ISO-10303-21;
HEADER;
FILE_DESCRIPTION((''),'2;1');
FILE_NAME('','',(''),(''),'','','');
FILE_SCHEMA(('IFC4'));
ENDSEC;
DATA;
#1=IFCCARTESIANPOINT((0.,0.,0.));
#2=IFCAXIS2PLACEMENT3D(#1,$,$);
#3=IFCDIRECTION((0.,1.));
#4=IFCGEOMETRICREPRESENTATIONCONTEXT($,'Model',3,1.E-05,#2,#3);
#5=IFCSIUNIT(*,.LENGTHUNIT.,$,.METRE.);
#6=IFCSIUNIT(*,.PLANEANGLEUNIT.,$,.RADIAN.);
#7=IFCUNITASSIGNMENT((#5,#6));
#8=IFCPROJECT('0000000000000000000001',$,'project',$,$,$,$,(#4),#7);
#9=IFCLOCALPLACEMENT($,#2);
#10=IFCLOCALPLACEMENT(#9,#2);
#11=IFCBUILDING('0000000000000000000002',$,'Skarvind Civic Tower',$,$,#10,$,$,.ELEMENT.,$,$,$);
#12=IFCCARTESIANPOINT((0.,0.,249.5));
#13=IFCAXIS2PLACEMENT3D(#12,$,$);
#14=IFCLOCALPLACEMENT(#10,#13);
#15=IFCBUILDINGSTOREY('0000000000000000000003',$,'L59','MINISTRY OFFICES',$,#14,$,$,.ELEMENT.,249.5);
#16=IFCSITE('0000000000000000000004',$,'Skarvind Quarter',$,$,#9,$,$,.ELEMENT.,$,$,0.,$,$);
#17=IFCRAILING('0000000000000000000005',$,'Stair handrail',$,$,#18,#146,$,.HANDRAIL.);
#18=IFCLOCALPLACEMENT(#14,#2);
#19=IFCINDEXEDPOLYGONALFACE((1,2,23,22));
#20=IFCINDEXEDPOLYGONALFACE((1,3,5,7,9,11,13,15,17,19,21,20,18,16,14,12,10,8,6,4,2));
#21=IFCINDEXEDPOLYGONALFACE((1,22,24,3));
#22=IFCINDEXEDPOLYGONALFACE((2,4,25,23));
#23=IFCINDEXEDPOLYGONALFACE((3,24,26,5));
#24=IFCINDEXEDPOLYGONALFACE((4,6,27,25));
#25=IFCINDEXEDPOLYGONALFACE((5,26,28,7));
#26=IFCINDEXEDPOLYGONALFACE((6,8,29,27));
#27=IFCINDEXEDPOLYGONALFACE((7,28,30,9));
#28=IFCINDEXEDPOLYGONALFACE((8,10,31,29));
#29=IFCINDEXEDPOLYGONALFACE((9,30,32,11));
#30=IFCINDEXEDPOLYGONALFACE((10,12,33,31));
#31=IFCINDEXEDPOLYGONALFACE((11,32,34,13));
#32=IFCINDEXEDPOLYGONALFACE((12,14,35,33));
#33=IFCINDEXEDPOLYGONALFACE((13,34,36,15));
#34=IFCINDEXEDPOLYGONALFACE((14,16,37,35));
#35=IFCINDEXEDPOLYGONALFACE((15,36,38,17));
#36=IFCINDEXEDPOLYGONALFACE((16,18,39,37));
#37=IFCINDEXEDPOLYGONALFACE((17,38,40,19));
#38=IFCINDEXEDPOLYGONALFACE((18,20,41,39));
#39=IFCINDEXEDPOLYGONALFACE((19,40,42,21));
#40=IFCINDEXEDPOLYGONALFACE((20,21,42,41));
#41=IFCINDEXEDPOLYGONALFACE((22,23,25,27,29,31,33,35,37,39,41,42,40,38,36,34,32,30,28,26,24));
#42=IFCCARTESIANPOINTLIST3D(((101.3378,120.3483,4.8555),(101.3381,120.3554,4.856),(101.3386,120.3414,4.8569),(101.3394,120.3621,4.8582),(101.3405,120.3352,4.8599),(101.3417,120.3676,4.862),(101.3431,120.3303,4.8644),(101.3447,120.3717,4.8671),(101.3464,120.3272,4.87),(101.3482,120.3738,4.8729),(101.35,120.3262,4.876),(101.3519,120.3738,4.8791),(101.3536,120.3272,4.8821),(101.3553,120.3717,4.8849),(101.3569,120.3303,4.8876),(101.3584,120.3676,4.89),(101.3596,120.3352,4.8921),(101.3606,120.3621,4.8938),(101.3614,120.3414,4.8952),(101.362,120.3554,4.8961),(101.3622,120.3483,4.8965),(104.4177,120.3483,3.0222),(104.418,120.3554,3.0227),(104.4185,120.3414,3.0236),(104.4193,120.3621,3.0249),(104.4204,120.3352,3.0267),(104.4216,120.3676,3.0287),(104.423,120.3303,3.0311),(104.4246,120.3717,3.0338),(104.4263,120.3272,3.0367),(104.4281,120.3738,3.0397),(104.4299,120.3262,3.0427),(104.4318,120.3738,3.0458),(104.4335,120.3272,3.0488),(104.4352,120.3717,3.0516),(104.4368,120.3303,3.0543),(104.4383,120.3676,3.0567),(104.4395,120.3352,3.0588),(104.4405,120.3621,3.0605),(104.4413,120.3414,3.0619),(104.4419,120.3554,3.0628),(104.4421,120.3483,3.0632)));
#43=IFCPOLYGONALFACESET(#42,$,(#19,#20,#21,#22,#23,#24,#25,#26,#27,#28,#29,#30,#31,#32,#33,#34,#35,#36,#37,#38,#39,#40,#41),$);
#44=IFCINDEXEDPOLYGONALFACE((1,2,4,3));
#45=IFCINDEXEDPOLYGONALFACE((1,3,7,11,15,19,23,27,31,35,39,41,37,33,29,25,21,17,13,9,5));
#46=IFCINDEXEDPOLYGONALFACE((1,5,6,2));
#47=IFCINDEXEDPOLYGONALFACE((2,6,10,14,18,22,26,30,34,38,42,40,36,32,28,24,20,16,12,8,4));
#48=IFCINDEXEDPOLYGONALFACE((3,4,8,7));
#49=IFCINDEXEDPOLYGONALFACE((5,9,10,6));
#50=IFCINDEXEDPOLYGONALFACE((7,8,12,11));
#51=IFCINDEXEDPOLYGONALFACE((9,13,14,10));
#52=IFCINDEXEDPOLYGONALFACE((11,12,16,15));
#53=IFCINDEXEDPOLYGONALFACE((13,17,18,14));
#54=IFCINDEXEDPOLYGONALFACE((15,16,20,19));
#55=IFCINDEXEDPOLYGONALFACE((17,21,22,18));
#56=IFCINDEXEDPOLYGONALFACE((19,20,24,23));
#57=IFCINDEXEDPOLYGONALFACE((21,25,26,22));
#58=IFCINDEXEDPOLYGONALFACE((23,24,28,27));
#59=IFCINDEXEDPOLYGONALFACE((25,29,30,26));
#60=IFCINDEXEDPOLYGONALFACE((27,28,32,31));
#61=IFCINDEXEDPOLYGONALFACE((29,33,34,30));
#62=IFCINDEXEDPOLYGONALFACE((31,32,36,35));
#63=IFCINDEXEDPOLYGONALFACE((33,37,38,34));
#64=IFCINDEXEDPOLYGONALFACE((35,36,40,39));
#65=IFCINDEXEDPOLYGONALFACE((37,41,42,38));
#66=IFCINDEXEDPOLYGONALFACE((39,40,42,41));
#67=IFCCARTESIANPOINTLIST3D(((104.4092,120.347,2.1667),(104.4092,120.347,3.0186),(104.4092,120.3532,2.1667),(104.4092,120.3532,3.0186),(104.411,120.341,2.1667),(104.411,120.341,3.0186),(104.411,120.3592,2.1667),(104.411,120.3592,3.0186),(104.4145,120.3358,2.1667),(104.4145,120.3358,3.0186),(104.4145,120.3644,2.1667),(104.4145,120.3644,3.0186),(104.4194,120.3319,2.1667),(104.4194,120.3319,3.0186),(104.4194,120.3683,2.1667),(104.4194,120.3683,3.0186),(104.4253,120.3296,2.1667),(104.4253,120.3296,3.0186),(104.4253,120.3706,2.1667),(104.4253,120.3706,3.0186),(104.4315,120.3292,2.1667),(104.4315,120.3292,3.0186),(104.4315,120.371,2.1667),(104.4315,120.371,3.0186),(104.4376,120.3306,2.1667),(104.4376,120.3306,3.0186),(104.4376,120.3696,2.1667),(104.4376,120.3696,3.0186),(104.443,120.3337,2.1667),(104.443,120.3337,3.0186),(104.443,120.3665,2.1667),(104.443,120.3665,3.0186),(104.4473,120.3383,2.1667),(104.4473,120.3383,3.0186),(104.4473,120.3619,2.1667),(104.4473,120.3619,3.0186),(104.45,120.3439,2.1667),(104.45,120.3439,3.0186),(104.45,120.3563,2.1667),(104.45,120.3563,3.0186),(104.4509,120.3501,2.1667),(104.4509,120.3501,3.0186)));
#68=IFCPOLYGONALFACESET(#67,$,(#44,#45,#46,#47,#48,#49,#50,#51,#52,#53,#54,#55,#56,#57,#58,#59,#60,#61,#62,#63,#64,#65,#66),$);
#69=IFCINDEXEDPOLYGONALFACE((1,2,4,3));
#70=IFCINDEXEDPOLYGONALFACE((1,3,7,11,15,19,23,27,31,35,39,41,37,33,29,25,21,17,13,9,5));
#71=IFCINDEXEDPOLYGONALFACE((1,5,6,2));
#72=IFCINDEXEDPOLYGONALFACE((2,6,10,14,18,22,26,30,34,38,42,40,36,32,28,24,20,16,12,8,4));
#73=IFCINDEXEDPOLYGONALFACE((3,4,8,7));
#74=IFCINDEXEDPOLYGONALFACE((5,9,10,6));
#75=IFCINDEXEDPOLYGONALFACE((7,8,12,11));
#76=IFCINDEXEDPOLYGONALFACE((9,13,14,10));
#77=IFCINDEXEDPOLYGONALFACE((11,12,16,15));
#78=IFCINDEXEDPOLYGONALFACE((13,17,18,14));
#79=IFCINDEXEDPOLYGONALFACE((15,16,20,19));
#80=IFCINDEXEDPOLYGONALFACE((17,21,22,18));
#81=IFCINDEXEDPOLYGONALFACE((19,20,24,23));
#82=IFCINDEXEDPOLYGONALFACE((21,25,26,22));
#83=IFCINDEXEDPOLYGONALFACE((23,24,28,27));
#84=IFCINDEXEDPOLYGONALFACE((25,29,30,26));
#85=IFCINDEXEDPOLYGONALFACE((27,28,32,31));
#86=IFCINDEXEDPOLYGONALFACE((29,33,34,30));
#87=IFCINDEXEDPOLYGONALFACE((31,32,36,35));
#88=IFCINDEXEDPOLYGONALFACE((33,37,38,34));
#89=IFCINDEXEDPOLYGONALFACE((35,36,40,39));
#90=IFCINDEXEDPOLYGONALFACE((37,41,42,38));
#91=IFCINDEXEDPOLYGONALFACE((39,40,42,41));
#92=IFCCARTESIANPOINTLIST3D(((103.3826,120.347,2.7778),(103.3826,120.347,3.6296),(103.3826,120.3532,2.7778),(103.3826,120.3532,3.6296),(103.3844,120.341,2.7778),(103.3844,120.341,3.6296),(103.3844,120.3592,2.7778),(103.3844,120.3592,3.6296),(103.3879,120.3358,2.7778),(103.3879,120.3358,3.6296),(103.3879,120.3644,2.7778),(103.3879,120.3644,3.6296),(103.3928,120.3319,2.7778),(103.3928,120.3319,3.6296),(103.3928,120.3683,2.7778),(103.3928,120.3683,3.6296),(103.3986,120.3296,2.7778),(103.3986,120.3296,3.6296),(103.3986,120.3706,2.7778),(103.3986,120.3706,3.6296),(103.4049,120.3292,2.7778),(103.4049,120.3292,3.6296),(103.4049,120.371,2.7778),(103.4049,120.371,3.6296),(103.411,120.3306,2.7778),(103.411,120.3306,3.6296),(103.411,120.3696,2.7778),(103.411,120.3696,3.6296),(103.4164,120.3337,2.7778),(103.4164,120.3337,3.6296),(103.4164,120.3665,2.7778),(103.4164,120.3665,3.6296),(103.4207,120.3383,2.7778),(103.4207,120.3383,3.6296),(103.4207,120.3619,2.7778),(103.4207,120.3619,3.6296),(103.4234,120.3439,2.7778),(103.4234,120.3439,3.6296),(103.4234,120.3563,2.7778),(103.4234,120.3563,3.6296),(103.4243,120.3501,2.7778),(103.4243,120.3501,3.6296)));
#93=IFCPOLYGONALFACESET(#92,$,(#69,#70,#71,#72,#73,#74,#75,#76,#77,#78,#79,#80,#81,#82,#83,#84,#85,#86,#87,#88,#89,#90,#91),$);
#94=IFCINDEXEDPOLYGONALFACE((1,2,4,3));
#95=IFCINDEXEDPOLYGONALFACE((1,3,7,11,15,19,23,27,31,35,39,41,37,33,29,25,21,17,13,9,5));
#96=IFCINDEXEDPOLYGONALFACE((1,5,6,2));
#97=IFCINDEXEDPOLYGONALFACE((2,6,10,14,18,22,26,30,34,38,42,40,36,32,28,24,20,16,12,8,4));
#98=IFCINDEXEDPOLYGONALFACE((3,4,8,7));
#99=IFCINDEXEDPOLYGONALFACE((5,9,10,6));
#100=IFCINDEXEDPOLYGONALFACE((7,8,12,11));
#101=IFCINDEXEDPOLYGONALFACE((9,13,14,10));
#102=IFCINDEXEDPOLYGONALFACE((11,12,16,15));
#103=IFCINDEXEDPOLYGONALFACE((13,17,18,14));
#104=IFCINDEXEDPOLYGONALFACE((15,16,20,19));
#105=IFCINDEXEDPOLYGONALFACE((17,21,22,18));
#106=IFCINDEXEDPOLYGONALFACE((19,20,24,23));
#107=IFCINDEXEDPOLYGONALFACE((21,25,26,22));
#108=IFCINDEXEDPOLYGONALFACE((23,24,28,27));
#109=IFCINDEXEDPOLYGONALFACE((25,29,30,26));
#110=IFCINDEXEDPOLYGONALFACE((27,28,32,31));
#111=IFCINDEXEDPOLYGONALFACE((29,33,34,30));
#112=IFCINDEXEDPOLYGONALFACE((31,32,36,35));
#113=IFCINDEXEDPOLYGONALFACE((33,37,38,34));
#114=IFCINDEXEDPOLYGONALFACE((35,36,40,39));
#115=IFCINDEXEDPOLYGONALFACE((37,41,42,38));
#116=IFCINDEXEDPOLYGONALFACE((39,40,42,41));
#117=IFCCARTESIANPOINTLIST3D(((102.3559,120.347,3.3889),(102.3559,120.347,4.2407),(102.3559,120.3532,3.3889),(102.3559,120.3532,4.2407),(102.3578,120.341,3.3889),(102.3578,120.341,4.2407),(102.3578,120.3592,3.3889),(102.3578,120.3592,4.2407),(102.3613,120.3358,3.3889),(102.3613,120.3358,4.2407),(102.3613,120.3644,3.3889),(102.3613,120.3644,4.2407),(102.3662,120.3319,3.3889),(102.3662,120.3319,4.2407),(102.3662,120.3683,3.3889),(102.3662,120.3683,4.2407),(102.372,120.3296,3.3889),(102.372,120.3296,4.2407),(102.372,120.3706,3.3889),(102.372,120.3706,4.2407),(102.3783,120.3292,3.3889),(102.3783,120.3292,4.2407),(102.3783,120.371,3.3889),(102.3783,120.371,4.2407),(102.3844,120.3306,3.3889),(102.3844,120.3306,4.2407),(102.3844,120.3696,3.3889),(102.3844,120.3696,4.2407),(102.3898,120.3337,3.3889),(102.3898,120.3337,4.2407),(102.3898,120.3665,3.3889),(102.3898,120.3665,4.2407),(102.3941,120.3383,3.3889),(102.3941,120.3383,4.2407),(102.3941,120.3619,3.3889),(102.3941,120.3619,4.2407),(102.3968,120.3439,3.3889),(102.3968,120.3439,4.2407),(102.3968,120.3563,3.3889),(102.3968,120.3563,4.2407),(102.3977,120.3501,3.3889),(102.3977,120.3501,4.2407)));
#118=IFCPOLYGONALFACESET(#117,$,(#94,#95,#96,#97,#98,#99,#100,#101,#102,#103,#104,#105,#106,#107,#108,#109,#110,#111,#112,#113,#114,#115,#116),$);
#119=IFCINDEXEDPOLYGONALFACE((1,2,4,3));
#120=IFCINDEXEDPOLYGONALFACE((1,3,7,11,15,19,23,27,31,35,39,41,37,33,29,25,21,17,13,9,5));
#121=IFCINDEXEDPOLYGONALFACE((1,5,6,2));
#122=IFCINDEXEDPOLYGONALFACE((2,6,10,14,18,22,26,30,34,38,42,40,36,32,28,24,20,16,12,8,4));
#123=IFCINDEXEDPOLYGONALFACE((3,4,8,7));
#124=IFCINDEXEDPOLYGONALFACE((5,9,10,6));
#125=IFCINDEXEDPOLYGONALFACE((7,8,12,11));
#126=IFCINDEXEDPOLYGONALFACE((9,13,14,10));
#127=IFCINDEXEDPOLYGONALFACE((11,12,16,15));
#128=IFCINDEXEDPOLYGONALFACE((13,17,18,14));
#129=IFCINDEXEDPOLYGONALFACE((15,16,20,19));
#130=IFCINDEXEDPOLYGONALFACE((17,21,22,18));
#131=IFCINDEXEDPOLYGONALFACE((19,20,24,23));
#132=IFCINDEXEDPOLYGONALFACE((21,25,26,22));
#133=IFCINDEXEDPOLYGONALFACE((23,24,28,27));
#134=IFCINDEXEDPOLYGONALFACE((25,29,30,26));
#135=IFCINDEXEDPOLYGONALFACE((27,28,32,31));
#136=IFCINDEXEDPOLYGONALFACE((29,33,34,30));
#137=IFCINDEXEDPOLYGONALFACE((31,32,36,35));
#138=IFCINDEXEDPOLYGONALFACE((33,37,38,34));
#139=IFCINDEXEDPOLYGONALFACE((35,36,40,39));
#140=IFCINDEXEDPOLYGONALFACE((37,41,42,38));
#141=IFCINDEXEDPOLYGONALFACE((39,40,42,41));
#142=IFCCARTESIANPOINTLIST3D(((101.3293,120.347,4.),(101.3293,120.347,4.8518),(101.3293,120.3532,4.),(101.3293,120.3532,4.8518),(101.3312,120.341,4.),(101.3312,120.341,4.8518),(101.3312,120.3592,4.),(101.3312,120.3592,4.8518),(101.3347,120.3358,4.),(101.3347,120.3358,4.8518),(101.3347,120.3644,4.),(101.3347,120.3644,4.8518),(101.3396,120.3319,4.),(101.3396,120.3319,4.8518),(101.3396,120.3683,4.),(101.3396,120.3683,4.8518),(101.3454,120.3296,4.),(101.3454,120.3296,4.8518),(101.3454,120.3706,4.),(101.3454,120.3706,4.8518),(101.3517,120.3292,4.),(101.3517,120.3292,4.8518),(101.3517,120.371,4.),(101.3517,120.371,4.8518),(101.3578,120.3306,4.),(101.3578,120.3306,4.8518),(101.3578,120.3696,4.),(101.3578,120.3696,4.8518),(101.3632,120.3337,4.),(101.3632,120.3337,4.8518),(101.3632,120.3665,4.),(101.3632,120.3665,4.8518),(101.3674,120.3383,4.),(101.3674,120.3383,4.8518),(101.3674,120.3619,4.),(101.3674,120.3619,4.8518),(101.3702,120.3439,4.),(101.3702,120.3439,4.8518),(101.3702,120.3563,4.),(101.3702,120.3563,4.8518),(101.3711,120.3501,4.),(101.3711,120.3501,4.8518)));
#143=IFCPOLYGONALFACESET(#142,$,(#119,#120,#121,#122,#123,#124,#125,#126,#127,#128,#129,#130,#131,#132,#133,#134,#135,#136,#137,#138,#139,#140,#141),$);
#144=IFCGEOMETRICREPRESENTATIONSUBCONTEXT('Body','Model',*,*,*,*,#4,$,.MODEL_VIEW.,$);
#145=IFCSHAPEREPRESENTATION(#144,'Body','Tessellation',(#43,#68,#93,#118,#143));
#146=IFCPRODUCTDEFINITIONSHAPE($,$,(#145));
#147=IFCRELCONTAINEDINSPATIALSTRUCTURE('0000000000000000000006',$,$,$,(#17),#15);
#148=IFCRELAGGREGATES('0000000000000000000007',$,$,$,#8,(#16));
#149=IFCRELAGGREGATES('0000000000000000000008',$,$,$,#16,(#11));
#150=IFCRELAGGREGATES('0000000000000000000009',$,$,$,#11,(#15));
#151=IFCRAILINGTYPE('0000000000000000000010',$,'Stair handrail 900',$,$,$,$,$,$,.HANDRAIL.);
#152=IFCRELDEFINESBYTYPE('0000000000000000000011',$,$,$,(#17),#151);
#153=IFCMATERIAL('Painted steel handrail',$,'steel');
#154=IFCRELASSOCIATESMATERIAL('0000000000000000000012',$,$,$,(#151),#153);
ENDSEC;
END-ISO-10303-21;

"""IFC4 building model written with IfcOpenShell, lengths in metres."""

from ifc_helpers import new_model, si_unit, direction, frame, origin, origin_2d, place, context, subcontext, project, spatial, circle, extrude, material, type_object, element, save


model = new_model("IFC4")

# Units and contexts
model_context = context("Model", 3, precision=1e-05, world=origin(), true_north=direction((0.0, 1.0)))
body_context = subcontext(model_context, "Body", "Model", "MODEL_VIEW")
ifc_project = project(units=[si_unit("LENGTHUNIT", "METRE"), si_unit("PLANEANGLEUNIT", "RADIAN")], contexts=[model_context])

# Site, building, storey
site_placement = place(None, origin())
site = spatial("IfcSite", under=ifc_project, at=site_placement, Name="Skarvind Quarter", CompositionType="ELEMENT", RefElevation=0.0)
building_placement = place(site_placement, origin())
building = spatial("IfcBuilding", under=site, at=building_placement, Name="Skarvind Civic Tower", CompositionType="ELEMENT")
storey_placement = place(building_placement, frame((0.0, 0.0, 249.5)))
storey = spatial("IfcBuildingStorey", under=building, at=storey_placement, Name="L59", Description="MINISTRY OFFICES", CompositionType="ELEMENT", Elevation=249.5)

# Railing
ifc_material_1 = material(Name="Painted steel handrail", Category="steel")
railing_type = type_object("IfcRailingType", Name="Stair handrail 900", PredefinedType="HANDRAIL", material=ifc_material_1)
railing_placement = place(storey_placement, frame((104.4299, 120.3501, 2.1667)))
element("IfcRailing", 1, at=railing_placement, inside=storey, type_object=railing_type, Name="Stair handrail", PredefinedType="HANDRAIL", context=body_context, shape_type="SweptSolid", body=[
    extrude(circle(Radius=0.0239, at=origin_2d()), frame((0.0, 0.0, 0.876), z_axis=(-0.859291, 0.0, 0.511487), x_axis=(0.0, -1.0, 0.0)), (0.0, 0.0, 1.0), 3.5842),
    extrude(circle(Radius=0.021, at=origin_2d()), origin(), (0.0, 0.0, 1.0), 0.8518),
    extrude(circle(Radius=0.021, at=origin_2d()), frame((-1.0266, 0.0, 0.6111)), (0.0, 0.0, 1.0), 0.8518),
    extrude(circle(Radius=0.021, at=origin_2d()), frame((-2.0532, 0.0, 1.2222)), (0.0, 0.0, 1.0), 0.8518),
    extrude(circle(Radius=0.021, at=origin_2d()), frame((-3.0798, 0.0, 1.8333)), (0.0, 0.0, 1.0), 0.8518),
])

save(model, "model.ifc")
